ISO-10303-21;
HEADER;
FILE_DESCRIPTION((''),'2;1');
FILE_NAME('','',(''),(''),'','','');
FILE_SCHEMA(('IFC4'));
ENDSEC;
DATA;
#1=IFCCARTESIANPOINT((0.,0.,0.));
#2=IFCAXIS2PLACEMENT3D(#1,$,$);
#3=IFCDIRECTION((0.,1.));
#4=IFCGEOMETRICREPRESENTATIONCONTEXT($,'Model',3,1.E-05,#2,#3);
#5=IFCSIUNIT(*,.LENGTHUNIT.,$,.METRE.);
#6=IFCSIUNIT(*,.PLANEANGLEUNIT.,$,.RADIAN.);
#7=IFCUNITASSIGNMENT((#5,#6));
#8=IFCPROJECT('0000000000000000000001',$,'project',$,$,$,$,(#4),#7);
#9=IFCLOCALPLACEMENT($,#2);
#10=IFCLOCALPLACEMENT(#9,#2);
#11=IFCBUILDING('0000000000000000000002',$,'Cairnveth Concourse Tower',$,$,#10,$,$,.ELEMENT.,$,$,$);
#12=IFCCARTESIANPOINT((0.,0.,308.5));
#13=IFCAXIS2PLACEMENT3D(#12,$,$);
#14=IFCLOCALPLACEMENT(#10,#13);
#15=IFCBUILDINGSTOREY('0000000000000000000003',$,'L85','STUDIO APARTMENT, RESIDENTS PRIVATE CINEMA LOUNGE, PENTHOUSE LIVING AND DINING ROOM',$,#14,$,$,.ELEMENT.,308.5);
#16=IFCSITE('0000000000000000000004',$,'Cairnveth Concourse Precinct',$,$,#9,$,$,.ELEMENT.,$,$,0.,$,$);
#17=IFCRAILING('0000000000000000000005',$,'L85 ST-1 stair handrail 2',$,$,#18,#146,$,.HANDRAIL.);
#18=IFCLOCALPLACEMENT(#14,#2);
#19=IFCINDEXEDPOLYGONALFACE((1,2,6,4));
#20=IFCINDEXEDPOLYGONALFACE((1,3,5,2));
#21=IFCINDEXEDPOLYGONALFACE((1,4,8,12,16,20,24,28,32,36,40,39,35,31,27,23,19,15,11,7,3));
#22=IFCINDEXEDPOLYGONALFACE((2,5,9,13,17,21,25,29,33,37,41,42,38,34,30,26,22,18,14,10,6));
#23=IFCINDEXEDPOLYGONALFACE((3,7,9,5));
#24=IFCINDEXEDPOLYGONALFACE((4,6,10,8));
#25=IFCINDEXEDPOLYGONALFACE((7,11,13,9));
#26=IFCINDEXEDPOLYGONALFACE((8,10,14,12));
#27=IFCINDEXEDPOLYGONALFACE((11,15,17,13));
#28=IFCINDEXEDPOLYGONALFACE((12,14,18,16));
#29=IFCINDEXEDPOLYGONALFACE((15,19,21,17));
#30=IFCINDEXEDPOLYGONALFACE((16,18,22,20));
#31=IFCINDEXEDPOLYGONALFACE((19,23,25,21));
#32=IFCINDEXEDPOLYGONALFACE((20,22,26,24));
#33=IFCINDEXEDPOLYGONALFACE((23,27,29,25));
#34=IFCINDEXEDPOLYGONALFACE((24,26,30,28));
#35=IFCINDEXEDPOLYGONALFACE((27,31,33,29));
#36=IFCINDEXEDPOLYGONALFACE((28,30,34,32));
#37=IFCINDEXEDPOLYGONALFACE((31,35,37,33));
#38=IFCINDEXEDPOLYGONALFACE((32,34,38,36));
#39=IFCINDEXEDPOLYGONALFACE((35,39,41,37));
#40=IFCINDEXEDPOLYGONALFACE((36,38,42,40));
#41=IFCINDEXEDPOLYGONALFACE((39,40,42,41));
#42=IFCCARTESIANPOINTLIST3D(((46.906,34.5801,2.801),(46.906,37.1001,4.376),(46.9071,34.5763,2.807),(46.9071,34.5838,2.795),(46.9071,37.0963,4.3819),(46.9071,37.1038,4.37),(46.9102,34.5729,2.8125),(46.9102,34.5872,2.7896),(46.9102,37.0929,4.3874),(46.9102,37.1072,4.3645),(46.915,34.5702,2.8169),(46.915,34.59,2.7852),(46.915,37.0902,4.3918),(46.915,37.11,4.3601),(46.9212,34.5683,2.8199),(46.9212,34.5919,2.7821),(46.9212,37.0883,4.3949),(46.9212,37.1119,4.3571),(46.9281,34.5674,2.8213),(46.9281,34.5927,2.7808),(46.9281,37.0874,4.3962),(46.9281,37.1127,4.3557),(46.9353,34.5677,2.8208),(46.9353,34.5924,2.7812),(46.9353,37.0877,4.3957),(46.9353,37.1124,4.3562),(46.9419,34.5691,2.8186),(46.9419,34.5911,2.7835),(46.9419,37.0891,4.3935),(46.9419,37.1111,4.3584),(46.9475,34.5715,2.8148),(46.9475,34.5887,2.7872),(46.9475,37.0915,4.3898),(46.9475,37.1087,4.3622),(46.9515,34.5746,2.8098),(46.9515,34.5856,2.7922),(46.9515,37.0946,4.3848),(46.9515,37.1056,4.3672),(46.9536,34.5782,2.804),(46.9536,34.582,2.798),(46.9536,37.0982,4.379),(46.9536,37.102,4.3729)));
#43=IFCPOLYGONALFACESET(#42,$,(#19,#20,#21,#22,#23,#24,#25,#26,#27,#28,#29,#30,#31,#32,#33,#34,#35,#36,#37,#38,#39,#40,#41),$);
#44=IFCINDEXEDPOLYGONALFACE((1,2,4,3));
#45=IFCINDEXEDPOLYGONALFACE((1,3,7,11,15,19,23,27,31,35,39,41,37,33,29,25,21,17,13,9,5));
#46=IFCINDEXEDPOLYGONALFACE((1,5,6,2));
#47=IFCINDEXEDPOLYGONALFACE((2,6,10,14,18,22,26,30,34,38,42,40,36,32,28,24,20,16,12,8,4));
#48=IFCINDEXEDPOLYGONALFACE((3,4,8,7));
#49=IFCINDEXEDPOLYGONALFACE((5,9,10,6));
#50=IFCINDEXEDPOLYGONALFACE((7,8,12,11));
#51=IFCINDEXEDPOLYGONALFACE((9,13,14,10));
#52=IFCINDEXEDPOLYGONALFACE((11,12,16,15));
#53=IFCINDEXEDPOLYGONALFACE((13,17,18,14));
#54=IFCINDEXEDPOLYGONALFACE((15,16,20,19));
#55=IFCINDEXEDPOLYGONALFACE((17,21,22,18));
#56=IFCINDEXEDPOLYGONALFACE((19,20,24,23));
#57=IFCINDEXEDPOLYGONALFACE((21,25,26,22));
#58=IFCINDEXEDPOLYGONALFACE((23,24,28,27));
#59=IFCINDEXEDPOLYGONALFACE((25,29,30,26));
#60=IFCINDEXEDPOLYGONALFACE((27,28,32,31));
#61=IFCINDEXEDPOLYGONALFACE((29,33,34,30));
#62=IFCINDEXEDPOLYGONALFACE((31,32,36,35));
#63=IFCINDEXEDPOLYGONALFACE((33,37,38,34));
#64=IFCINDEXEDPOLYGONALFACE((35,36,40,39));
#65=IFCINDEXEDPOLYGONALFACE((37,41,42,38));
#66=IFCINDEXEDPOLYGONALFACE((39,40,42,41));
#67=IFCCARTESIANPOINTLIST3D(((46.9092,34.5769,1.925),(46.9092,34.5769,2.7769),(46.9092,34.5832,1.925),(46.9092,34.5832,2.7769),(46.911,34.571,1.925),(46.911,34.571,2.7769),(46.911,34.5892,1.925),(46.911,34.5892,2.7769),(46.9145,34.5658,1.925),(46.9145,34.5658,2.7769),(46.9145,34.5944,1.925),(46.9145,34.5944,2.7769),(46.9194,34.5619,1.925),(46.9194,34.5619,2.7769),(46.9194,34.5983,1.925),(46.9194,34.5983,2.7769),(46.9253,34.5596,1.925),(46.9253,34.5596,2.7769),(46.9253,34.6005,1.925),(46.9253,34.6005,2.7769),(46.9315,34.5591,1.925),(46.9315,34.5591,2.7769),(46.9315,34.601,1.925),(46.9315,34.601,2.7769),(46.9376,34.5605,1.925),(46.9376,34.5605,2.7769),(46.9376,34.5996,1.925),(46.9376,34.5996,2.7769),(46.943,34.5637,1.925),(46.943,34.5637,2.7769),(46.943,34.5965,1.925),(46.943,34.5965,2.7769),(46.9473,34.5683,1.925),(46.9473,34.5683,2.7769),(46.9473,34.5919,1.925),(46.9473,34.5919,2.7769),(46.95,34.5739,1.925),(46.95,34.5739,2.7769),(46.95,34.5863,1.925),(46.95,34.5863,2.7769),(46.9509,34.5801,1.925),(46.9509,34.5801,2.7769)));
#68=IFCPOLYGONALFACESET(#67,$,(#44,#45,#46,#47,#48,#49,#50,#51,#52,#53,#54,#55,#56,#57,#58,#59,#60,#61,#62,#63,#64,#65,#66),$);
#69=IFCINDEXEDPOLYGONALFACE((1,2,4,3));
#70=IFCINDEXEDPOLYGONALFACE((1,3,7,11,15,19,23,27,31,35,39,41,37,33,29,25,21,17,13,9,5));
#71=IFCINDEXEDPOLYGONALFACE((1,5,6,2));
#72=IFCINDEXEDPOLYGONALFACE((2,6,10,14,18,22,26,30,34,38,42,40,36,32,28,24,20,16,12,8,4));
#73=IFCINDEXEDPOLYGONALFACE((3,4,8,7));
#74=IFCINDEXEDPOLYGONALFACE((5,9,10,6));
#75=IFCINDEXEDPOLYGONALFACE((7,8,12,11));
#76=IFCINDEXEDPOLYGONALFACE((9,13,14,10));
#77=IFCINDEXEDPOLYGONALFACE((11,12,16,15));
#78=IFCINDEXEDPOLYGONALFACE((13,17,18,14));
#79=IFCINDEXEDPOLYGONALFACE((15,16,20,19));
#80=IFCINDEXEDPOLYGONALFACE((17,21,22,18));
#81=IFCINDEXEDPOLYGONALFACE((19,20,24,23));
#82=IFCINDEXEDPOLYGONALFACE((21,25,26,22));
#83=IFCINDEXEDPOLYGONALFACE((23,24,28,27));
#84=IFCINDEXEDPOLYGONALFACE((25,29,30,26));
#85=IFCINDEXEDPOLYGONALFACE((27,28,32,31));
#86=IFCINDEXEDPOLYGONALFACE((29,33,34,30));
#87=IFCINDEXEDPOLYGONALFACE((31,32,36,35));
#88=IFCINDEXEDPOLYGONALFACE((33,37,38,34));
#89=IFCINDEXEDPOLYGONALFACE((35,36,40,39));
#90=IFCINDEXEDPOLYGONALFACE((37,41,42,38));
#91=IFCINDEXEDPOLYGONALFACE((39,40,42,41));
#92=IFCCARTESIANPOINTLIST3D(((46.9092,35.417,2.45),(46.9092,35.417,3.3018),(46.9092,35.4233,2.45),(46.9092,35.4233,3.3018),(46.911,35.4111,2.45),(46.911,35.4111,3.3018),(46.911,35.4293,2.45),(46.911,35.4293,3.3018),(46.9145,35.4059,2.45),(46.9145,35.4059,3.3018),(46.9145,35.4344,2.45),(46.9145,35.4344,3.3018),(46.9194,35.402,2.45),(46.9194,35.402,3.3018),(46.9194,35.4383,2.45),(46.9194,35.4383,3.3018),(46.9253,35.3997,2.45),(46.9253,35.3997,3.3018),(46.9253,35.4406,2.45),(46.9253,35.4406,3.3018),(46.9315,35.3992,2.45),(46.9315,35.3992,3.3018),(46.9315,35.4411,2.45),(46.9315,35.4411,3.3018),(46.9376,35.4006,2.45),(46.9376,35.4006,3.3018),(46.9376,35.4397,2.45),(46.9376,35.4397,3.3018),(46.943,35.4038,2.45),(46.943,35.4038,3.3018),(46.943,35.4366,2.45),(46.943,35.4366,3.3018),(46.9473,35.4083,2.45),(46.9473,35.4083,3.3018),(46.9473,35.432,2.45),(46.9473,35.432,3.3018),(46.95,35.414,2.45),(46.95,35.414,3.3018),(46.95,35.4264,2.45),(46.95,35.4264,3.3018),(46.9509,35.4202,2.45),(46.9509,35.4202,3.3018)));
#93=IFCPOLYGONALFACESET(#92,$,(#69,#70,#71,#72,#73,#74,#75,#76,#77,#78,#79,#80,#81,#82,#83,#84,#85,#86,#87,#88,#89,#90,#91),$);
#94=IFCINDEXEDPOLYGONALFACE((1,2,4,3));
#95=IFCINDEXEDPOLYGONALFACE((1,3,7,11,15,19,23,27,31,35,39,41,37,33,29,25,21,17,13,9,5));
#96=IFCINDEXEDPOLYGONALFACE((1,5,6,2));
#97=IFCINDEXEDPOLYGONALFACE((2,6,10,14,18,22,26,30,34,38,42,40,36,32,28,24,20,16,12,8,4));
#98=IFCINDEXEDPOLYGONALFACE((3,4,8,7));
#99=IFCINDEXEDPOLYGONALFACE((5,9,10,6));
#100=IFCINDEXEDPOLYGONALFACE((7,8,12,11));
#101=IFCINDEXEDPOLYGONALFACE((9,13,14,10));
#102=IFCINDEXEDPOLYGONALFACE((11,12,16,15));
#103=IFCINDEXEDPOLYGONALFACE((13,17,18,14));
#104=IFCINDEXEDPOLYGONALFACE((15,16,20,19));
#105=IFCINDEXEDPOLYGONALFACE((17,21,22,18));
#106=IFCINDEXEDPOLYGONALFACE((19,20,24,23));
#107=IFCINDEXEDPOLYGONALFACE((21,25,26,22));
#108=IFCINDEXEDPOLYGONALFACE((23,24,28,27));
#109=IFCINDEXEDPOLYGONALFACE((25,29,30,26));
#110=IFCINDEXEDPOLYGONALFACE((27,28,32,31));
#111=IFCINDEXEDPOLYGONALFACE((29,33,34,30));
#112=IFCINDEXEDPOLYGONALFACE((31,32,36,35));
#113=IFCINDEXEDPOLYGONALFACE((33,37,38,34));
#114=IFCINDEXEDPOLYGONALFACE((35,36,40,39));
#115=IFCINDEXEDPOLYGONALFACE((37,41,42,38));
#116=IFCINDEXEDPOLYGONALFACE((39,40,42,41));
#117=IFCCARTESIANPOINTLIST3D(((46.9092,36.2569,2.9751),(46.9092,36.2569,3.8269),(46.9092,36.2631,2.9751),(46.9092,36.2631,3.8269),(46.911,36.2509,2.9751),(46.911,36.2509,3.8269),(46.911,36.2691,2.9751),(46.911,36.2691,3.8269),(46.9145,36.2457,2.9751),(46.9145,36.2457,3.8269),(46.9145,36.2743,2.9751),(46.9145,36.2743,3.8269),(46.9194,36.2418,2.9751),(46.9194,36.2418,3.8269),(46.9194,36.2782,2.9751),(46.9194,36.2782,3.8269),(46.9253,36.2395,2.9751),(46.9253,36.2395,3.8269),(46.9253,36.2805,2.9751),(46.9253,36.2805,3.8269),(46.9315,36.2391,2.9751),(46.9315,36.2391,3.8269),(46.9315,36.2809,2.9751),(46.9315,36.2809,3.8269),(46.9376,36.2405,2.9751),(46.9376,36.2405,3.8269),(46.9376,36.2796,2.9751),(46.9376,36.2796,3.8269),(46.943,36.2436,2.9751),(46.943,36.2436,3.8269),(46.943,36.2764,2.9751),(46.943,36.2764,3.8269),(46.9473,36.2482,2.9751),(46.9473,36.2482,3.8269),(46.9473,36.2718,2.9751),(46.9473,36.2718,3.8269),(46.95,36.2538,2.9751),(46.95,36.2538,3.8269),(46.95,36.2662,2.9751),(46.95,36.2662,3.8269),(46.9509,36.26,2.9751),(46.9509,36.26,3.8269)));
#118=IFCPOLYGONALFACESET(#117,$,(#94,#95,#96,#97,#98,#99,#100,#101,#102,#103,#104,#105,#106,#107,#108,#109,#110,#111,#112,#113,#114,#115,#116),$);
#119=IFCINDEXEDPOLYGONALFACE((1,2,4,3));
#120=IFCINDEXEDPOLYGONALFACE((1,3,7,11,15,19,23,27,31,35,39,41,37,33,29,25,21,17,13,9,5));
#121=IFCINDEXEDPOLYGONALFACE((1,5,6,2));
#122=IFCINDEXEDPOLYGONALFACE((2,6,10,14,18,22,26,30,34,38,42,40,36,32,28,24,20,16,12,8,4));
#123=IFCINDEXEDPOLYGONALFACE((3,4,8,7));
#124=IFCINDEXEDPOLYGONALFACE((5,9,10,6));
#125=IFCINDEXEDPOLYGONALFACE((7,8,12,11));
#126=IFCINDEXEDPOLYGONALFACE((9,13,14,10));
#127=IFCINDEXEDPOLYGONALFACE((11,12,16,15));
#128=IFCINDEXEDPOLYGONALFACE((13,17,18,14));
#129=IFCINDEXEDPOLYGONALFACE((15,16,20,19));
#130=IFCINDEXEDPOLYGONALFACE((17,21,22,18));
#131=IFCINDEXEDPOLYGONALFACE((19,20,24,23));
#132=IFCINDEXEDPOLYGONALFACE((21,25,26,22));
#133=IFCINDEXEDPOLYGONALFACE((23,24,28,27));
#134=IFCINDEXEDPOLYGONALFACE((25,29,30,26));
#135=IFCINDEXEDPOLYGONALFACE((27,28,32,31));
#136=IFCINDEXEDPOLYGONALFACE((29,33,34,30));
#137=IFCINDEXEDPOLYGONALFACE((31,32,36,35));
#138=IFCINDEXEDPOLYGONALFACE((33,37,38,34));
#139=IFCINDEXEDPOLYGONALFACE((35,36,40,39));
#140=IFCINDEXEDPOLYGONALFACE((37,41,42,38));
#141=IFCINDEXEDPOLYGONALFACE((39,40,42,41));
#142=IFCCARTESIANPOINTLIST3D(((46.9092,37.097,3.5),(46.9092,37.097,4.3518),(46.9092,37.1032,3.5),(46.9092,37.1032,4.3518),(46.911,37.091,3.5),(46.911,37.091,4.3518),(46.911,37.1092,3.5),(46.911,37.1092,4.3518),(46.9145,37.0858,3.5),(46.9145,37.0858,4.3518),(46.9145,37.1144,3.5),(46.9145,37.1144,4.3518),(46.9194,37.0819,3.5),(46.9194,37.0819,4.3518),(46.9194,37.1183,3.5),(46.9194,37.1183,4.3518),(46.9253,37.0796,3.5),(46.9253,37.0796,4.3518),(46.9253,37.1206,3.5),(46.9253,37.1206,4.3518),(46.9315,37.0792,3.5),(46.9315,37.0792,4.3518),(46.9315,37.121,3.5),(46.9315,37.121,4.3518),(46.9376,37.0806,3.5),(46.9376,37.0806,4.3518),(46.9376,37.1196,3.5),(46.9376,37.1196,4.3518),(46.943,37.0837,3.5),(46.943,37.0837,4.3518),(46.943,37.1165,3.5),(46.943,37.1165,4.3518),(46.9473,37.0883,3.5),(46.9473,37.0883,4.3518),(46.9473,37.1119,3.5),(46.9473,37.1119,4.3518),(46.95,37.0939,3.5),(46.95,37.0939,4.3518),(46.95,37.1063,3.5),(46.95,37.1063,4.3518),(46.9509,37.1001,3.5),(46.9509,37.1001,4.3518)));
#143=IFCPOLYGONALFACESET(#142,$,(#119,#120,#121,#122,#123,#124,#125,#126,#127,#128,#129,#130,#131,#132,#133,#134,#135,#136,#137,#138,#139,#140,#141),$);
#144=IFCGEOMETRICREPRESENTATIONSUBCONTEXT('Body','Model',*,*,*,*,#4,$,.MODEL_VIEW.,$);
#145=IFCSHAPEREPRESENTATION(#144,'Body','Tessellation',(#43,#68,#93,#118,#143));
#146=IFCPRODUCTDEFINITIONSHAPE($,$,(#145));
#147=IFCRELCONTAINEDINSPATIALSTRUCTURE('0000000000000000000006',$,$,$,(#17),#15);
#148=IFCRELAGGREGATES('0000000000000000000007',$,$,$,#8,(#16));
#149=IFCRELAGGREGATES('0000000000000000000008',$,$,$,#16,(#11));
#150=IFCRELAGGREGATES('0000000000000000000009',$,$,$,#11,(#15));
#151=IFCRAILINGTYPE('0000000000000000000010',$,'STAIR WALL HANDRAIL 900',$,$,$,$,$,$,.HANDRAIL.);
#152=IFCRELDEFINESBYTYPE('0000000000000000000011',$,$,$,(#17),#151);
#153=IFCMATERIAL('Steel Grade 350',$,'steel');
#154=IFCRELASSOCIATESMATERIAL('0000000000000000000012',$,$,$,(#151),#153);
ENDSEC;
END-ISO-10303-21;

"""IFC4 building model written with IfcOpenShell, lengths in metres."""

from ifc_helpers import new_model, si_unit, direction, frame, origin, origin_2d, place, context, subcontext, project, spatial, circle, extrude, material, type_object, element, save


model = new_model("IFC4")

# Units and contexts
model_context = context("Model", 3, precision=1e-05, world=origin(), true_north=direction((0.0, 1.0)))
body_context = subcontext(model_context, "Body", "Model", "MODEL_VIEW")
ifc_project = project(units=[si_unit("LENGTHUNIT", "METRE"), si_unit("PLANEANGLEUNIT", "RADIAN")], contexts=[model_context])

# Site, building, storey
site_placement = place(None, origin())
site = spatial("IfcSite", under=ifc_project, at=site_placement, Name="Cairnveth Concourse Precinct", CompositionType="ELEMENT", RefElevation=0.0)
building_placement = place(site_placement, origin())
building = spatial("IfcBuilding", under=site, at=building_placement, Name="Cairnveth Concourse Tower", CompositionType="ELEMENT")
storey_placement = place(building_placement, frame((0.0, 0.0, 308.5)))
storey = spatial("IfcBuildingStorey", under=building, at=storey_placement, Name="L85", Description="STUDIO APARTMENT, RESIDENTS PRIVATE CINEMA LOUNGE, PENTHOUSE LIVING AND DINING ROOM", CompositionType="ELEMENT", Elevation=308.5)

# Shared definitions
ifc_material_1 = material(Name="Steel Grade 350", Category="steel")

# Railing
railing_type_1 = type_object("IfcRailingType", Name="STAIR WALL HANDRAIL 900", PredefinedType="HANDRAIL", material=ifc_material_1)
railing_1_placement = place(storey_placement, frame((46.9299, 34.5801, 1.925)))
element("IfcRailing", 1, at=railing_1_placement, inside=storey, type_object=railing_type_1, Name="L85 ST-1 stair handrail 2", PredefinedType="HANDRAIL", context=body_context, shape_type="SweptSolid", body=[
    extrude(circle(Radius=0.0239, at=origin_2d()), frame((0.0, 0.0, 0.876), z_axis=(0.0, 0.848008, 0.529984), x_axis=(-1.0, 0.0, 0.0)), (0.0, 0.0, 1.0), 2.9717),
    extrude(circle(Radius=0.021, at=origin_2d()), origin(), (0.0, 0.0, 1.0), 0.8518),
    extrude(circle(Radius=0.021, at=origin_2d()), frame((0.0, 0.8401, 0.5249)), (0.0, 0.0, 1.0), 0.8518),
    extrude(circle(Radius=0.021, at=origin_2d()), frame((0.0, 1.6799, 1.05)), (0.0, 0.0, 1.0), 0.8518),
    extrude(circle(Radius=0.021, at=origin_2d()), frame((0.0, 2.52, 1.575)), (0.0, 0.0, 1.0), 0.8518),
])

save(model, "model.ifc")
